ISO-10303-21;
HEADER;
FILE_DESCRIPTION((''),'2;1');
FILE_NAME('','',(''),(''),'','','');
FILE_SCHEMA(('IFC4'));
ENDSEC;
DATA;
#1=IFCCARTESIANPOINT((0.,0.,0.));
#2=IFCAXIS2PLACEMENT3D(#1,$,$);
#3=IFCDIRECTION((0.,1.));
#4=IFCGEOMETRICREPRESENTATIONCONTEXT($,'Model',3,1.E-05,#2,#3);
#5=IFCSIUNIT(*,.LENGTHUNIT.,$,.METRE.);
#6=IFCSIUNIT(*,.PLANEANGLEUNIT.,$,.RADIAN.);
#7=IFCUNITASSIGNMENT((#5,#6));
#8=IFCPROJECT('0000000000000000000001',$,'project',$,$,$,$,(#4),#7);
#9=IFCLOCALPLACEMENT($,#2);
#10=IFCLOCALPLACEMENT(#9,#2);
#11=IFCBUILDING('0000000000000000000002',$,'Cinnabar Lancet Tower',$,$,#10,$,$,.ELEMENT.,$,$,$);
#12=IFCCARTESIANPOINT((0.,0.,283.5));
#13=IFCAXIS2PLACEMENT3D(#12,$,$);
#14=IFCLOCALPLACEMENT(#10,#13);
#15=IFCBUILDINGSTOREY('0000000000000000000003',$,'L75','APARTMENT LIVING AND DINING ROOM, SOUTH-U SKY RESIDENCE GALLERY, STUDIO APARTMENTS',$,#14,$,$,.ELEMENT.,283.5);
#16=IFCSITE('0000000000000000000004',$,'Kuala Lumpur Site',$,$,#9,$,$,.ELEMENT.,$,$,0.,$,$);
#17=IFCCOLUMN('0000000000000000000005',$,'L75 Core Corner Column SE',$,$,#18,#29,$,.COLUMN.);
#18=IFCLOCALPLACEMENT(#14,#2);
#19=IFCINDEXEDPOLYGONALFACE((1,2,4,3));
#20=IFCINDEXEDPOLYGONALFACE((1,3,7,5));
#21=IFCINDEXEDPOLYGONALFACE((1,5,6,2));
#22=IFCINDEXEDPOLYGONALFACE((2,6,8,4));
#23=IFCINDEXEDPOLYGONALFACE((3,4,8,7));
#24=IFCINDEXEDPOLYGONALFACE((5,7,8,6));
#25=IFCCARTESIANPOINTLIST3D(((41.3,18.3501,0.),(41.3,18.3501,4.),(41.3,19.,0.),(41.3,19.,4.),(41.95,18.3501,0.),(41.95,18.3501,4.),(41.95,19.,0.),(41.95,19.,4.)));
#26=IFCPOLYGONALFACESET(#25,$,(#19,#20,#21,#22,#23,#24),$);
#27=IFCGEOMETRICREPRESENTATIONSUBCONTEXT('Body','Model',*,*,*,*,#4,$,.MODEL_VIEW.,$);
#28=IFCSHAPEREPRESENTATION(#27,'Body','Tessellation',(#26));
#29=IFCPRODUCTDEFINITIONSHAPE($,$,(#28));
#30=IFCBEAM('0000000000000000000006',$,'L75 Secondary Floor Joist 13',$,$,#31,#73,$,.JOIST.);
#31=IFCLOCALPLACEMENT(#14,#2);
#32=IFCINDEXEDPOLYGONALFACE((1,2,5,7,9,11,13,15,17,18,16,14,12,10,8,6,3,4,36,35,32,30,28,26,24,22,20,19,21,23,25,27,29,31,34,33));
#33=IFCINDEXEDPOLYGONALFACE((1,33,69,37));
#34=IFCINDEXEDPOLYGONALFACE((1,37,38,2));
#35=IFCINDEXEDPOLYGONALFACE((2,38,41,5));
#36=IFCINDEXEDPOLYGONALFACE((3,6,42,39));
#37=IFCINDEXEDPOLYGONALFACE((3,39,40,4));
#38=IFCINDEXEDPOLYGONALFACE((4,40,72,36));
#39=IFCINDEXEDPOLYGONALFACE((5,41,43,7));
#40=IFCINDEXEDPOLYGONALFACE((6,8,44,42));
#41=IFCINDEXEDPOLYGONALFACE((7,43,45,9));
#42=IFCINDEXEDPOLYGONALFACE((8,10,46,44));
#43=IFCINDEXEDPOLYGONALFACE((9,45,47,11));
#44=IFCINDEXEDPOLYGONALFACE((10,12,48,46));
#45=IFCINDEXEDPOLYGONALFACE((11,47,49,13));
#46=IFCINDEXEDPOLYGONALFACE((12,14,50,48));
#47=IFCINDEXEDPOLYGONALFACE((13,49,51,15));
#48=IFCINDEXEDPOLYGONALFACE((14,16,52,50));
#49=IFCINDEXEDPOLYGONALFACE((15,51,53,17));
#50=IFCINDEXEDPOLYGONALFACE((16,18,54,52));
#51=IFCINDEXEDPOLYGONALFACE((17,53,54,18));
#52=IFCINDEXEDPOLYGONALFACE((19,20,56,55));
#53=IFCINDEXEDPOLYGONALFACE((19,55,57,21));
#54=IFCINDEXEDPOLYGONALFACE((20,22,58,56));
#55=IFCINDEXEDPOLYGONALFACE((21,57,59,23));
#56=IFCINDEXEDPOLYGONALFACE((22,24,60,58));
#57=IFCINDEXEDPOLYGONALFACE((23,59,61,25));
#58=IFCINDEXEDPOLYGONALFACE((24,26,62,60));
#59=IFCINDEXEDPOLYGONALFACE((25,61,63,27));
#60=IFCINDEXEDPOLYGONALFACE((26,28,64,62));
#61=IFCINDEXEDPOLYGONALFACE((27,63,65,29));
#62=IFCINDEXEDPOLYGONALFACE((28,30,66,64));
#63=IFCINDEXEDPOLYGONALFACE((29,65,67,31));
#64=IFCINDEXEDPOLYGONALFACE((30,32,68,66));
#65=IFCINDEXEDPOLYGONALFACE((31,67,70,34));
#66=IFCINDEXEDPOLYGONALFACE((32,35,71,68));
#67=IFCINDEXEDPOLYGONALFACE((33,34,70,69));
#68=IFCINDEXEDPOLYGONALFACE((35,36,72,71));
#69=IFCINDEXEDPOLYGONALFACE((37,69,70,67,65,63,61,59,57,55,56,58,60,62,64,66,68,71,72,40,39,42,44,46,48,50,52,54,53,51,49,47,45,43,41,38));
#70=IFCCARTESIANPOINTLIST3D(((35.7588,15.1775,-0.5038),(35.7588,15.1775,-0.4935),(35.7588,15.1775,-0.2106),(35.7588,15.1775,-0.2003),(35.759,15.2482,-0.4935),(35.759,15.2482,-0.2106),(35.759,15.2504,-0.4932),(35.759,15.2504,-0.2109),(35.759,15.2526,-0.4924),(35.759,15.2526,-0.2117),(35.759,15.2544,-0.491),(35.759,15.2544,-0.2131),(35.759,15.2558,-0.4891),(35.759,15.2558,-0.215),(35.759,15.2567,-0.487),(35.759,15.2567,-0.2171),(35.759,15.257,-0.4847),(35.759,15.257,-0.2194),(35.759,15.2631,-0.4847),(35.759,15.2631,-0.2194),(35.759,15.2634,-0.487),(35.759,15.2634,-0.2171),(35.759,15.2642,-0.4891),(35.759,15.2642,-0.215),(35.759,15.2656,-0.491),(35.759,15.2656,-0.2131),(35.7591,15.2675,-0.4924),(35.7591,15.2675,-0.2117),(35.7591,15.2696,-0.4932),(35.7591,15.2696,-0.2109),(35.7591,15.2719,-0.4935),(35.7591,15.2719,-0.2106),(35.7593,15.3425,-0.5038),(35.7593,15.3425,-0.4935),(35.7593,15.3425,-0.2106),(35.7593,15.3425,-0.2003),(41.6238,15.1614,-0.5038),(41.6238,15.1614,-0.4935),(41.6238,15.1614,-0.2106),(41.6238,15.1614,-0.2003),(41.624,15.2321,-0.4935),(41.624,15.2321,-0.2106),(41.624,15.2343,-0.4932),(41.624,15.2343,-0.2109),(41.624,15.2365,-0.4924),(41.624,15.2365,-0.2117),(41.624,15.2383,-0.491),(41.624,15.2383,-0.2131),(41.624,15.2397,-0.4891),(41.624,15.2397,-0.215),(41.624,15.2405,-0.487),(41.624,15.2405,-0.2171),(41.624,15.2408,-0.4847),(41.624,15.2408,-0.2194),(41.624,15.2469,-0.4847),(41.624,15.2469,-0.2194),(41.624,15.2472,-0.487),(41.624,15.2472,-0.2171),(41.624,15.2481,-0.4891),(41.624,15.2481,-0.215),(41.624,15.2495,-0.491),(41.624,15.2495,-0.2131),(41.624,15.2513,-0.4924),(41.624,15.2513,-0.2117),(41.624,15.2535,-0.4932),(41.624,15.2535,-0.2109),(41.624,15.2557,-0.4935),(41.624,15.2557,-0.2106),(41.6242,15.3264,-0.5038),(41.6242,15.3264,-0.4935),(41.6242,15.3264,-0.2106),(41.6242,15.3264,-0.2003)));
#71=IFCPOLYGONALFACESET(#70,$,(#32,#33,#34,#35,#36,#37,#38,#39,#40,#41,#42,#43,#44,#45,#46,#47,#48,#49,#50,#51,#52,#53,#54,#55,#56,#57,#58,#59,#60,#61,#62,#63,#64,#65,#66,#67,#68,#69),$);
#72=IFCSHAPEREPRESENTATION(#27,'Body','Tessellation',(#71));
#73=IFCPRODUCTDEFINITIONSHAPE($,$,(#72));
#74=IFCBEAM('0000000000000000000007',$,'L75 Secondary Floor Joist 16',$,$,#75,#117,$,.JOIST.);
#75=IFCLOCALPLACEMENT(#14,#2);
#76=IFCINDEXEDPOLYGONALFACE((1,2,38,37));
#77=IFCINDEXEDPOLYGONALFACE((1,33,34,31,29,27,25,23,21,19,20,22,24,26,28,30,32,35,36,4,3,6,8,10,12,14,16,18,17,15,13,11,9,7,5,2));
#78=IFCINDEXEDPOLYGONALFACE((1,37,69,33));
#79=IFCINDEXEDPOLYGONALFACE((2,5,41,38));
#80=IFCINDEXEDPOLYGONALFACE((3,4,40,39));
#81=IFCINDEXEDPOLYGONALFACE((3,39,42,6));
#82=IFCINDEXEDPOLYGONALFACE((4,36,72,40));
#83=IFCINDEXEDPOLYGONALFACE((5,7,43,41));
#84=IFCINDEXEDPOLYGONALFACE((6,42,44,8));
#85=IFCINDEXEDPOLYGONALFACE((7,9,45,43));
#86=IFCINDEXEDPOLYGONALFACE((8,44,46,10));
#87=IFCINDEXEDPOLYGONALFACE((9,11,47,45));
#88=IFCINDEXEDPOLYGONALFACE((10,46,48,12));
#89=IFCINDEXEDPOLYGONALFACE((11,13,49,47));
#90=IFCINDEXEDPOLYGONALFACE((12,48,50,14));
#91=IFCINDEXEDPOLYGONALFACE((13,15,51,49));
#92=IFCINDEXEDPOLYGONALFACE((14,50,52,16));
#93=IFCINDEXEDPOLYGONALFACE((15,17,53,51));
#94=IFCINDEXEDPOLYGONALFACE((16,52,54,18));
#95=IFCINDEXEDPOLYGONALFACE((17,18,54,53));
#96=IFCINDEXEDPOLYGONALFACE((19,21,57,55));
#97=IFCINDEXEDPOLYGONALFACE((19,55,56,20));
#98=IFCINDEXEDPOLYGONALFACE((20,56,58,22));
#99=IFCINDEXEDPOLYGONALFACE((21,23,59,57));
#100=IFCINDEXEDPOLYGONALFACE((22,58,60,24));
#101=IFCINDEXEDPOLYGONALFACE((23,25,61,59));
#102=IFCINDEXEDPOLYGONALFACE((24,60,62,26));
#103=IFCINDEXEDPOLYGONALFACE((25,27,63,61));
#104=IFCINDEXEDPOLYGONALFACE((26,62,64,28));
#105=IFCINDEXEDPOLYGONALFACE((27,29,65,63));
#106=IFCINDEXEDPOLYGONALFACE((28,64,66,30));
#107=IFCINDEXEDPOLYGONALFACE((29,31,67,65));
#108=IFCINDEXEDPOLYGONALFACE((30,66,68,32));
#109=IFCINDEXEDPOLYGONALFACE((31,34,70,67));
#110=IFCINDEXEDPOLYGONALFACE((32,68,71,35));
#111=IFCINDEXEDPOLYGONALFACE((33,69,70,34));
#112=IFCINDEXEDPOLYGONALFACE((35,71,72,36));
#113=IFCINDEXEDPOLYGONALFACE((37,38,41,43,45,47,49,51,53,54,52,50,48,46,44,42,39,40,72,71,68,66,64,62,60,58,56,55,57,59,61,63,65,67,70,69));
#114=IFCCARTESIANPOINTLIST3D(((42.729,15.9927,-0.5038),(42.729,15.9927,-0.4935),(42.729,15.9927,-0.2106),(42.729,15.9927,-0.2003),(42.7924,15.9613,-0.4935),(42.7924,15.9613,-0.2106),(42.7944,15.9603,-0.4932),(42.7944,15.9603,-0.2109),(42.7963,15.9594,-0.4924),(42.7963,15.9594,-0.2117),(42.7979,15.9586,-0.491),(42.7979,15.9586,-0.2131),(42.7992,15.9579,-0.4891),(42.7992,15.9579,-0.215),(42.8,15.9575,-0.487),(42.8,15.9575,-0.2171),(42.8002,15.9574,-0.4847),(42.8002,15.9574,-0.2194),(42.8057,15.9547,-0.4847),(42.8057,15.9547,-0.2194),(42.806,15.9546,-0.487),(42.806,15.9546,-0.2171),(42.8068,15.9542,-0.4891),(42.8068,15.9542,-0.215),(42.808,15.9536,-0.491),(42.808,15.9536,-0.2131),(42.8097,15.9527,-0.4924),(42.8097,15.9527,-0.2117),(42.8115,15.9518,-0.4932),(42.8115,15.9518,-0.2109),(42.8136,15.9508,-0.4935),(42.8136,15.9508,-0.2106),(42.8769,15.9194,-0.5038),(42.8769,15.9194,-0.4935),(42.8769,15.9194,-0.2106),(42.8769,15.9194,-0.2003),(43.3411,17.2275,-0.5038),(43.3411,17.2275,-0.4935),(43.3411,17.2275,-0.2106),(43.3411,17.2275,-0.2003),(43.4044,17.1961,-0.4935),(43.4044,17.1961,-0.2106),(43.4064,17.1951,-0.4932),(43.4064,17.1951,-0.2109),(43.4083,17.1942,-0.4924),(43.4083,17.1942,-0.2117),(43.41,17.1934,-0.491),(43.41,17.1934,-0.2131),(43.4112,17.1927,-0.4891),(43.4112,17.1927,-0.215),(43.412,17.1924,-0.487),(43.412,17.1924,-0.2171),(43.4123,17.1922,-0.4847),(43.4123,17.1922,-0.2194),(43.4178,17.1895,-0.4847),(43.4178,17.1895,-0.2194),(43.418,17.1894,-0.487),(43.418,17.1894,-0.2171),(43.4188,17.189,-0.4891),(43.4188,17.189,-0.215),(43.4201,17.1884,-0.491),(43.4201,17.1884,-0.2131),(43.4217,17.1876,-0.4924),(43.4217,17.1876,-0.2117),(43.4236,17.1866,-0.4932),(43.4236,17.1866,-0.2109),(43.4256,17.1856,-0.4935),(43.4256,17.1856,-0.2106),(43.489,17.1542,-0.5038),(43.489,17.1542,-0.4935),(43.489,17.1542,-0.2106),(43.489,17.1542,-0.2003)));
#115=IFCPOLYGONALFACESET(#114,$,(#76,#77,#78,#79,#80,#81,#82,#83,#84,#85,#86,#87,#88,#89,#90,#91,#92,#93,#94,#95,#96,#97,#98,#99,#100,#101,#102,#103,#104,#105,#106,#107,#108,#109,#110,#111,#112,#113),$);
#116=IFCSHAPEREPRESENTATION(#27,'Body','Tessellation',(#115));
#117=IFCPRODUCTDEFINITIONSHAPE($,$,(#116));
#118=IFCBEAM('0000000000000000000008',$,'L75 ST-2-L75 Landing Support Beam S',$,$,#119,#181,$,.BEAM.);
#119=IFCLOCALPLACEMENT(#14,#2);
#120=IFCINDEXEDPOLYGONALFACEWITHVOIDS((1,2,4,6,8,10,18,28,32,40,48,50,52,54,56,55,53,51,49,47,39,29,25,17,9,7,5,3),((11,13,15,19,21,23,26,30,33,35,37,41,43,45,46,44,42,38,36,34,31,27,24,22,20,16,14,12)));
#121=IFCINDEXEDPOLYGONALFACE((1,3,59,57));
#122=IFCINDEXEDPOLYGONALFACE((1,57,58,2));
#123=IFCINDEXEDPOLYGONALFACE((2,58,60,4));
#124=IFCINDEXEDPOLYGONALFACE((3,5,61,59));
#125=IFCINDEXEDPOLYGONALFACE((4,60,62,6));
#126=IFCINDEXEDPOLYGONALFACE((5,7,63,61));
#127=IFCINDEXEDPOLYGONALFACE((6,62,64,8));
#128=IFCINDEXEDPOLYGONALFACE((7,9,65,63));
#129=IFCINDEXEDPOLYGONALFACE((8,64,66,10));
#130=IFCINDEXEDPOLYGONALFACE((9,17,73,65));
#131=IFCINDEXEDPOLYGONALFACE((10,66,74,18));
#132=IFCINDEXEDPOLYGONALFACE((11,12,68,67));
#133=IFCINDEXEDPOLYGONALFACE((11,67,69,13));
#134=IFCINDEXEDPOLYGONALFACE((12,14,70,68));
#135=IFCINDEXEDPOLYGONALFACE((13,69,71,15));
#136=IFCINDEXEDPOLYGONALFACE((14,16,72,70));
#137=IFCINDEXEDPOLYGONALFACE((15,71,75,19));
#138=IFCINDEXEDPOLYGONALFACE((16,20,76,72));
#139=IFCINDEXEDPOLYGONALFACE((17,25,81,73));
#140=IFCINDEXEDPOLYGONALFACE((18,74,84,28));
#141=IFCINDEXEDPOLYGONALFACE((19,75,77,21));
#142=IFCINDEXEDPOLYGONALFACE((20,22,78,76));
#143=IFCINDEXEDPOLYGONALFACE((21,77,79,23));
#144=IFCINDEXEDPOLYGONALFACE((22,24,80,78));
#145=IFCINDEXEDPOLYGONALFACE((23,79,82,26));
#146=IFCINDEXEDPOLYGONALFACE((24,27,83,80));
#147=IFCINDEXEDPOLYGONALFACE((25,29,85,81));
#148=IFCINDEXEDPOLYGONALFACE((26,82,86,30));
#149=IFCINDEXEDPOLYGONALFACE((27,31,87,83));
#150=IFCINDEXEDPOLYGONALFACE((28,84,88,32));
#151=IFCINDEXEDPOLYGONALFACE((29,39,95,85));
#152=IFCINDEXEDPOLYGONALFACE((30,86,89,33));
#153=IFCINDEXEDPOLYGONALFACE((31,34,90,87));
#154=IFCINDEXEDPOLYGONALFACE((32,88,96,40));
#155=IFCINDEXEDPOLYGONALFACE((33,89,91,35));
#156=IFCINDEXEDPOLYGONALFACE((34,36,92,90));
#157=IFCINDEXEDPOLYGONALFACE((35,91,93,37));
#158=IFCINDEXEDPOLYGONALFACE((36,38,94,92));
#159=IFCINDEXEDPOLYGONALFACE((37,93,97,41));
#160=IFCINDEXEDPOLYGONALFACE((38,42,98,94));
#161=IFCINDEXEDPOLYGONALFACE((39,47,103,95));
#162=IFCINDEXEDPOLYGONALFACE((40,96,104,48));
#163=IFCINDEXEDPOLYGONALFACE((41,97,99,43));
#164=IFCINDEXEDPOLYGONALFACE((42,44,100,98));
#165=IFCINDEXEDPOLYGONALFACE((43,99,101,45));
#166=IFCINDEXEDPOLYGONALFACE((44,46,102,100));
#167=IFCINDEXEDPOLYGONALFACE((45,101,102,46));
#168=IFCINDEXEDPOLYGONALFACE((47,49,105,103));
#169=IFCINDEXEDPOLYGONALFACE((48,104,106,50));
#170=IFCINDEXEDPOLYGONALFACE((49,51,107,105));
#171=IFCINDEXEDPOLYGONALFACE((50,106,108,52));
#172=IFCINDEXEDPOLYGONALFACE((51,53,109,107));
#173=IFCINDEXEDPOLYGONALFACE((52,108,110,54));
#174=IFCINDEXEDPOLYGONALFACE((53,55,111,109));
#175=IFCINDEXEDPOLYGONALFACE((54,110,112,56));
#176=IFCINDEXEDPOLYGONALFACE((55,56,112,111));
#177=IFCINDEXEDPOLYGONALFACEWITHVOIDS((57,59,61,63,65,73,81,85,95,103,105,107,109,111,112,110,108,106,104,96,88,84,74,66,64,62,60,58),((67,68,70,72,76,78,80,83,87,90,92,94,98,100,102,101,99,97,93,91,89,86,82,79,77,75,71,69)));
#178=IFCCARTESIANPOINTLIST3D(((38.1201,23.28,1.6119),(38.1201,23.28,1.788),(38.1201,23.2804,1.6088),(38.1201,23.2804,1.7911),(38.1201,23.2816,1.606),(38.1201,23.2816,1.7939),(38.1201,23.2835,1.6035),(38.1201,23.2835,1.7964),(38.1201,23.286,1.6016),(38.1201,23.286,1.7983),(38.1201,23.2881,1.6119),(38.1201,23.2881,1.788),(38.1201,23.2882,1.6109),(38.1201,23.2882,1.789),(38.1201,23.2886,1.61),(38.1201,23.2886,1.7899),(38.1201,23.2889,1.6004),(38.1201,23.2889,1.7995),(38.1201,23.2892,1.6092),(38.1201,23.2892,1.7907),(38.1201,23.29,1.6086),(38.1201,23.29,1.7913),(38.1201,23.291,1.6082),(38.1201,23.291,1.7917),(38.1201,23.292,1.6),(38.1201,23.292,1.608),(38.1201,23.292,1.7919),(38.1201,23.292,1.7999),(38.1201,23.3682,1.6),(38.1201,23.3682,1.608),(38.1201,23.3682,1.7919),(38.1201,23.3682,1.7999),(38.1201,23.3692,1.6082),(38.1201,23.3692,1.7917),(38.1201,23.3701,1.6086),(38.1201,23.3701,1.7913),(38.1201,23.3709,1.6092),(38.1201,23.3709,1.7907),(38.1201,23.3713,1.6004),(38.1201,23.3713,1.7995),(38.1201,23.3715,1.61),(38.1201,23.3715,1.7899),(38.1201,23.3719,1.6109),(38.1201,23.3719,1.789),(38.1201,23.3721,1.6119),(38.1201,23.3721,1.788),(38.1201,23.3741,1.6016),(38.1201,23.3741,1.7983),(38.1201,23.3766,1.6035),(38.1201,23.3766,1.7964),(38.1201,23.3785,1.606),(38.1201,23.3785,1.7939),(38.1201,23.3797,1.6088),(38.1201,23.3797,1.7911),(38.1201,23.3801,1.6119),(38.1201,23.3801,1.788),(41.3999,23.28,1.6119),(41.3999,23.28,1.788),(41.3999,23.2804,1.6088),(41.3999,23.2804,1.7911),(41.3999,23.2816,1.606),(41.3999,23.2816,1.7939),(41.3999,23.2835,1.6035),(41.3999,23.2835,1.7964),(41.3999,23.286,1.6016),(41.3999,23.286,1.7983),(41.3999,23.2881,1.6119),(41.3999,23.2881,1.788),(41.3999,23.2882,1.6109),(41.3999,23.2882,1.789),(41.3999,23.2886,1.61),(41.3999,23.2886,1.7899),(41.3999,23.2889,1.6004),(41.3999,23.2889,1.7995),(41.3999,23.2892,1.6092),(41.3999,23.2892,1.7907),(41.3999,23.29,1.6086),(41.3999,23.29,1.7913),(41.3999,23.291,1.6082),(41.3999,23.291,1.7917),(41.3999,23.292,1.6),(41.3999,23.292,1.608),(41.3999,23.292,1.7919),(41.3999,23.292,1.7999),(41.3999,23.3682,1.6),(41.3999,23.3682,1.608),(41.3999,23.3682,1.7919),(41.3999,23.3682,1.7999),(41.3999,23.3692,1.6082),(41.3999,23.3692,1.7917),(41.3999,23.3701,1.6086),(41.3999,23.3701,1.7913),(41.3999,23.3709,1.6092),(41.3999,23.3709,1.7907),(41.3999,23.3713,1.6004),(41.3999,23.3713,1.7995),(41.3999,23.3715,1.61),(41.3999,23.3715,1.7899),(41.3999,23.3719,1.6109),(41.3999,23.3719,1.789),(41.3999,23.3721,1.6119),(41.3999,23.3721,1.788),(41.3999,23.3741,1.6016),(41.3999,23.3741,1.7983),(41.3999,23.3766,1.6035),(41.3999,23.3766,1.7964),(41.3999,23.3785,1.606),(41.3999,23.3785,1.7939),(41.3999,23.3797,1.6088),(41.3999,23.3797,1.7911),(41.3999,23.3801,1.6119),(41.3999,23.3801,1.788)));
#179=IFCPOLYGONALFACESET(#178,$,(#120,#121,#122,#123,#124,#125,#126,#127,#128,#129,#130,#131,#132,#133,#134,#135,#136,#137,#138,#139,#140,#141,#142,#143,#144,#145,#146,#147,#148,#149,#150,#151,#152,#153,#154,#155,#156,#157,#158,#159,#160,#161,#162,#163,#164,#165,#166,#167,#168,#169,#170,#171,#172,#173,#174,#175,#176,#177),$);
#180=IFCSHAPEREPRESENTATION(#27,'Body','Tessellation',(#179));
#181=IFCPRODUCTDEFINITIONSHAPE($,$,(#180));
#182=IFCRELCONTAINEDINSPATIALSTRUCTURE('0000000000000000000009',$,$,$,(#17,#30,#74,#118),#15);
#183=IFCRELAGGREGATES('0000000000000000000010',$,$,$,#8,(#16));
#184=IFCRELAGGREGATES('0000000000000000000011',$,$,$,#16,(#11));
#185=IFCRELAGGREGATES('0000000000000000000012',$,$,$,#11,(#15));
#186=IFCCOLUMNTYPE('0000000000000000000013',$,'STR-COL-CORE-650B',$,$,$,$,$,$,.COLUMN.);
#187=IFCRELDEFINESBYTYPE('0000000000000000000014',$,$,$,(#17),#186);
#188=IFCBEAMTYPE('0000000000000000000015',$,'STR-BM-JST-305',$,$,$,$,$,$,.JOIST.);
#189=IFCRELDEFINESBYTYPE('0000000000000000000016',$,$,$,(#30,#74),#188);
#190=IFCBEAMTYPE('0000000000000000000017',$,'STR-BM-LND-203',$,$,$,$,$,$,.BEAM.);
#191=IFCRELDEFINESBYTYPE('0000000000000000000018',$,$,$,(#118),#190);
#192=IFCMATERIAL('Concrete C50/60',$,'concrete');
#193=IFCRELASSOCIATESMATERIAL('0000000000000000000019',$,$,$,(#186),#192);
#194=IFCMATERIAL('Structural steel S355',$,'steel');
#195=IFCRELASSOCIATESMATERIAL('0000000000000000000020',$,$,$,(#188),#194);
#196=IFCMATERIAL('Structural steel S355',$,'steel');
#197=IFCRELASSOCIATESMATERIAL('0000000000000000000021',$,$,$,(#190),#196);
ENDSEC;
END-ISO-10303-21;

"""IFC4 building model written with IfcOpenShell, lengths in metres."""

from ifc_helpers import new_model, si_unit, direction, frame, origin, origin_2d, place, context, subcontext, project, spatial, rectangle, hollow_rectangle, i_section, extrude, material, material_profile, profile_set, type_object, element, save


model = new_model("IFC4")

# Units and contexts
model_context = context("Model", 3, precision=1e-05, world=origin(), true_north=direction((0.0, 1.0)))
body_context = subcontext(model_context, "Body", "Model", "MODEL_VIEW")
ifc_project = project(units=[si_unit("LENGTHUNIT", "METRE"), si_unit("PLANEANGLEUNIT", "RADIAN")], contexts=[model_context])

# Site, building, storey
site_placement = place(None, origin())
site = spatial("IfcSite", under=ifc_project, at=site_placement, Name="Kuala Lumpur Site", CompositionType="ELEMENT", RefElevation=0.0)
building_placement = place(site_placement, origin())
building = spatial("IfcBuilding", under=site, at=building_placement, Name="Cinnabar Lancet Tower", CompositionType="ELEMENT")
storey_placement = place(building_placement, frame((0.0, 0.0, 283.5)))
storey = spatial("IfcBuildingStorey", under=building, at=storey_placement, Name="L75", Description="APARTMENT LIVING AND DINING ROOM, SOUTH-U SKY RESIDENCE GALLERY, STUDIO APARTMENTS", CompositionType="ELEMENT", Elevation=283.5)

# Column
ifc_material_1 = material(Name="Concrete C50/60", Category="concrete")
ifc_material_profile_1 = material_profile(ifc_material_1, rectangle(XDim=0.6499, YDim=0.6499, at=origin_2d()), Name="RC-COL 650x650")
ifc_profile_set_1 = profile_set([ifc_material_profile_1], Name="Concrete C50/60")
column_type = type_object("IfcColumnType", Name="STR-COL-CORE-650B", PredefinedType="COLUMN", material=ifc_profile_set_1)
column_placement = place(storey_placement, frame((41.625, 18.675, 0.0), z_axis=(0.0, 0.0, 1.0), x_axis=(1.0, 0.0, 0.0)))
element("IfcColumn", 1, at=column_placement, inside=storey, type_object=column_type, Name="L75 Core Corner Column SE", PredefinedType="COLUMN", context=body_context, shape_type="SweptSolid", body=[
    extrude(rectangle(XDim=0.6499, YDim=0.6499, at=origin_2d()), origin(), (0.0, 0.0, 1.0), 4.0),
])

# Beams
ifc_material_2 = material(Name="Structural steel S355", Category="steel")
ifc_material_profile_2 = material_profile(ifc_material_2, i_section(OverallWidth=0.165, OverallDepth=0.3035, WebThickness=0.0061, FlangeThickness=0.0103, FilletRadius=0.0088, at=origin_2d()), Name="UKB 305x165x40")
ifc_profile_set_2 = profile_set([ifc_material_profile_2], Name="Structural steel S355")
beam_type_1 = type_object("IfcBeamType", Name="STR-BM-JST-305", PredefinedType="JOIST", material=ifc_profile_set_2)
beam_1_placement = place(storey_placement, frame((35.759, 15.26, -0.3521), z_axis=(0.999996, -0.002747, 0.0), x_axis=(0.002747, 0.999996, 0.0)))
element("IfcBeam", 2, at=beam_1_placement, inside=storey, type_object=beam_type_1, Name="L75 Secondary Floor Joist 13", PredefinedType="JOIST", context=body_context, shape_type="SweptSolid", body=[
    extrude(i_section(OverallWidth=0.165, OverallDepth=0.3035, WebThickness=0.0061, FlangeThickness=0.0103, FilletRadius=0.0088, at=origin_2d()), origin(), (0.0, 0.0, 1.0), 5.865),
])
beam_2_placement = place(storey_placement, frame((42.803, 15.9561, -0.3521), z_axis=(0.444093, 0.895981, 0.0), x_axis=(-0.895981, 0.444093, 0.0)))
element("IfcBeam", 3, at=beam_2_placement, inside=storey, type_object=beam_type_1, Name="L75 Secondary Floor Joist 16", PredefinedType="JOIST", context=body_context, shape_type="SweptSolid", body=[
    extrude(i_section(OverallWidth=0.165, OverallDepth=0.3035, WebThickness=0.0061, FlangeThickness=0.0103, FilletRadius=0.0088, at=origin_2d()), origin(), (0.0, 0.0, 1.0), 1.3782),
])
ifc_material_3 = material(Name="Structural steel S355", Category="steel")
ifc_material_profile_3 = material_profile(ifc_material_3, hollow_rectangle(XDim=0.1001, YDim=0.2, WallThickness=0.0081, InnerFilletRadius=0.0039, OuterFilletRadius=0.012, at=origin_2d()), Name="RHS 200x100x8")
ifc_profile_set_3 = profile_set([ifc_material_profile_3], Name="Structural steel S355")
beam_type_2 = type_object("IfcBeamType", Name="STR-BM-LND-203", PredefinedType="BEAM", material=ifc_profile_set_3)
for number, where, z_axis, x_axis, name in (
    (4, (38.1201, 23.3301, 1.7), (1.0, 0.0, 0.0), (0.0, 1.0, 0.0), "L75 ST-2-L75 Landing Support Beam S"),
):
    element("IfcBeam", number, at=place(storey_placement, frame(where, z_axis=z_axis, x_axis=x_axis)), inside=storey, type_object=beam_type_2, Name=name, PredefinedType="BEAM", context=body_context, shape_type="SweptSolid", body=[
        extrude(hollow_rectangle(XDim=0.1001, YDim=0.2, WallThickness=0.0081, InnerFilletRadius=0.0039, OuterFilletRadius=0.012, at=origin_2d()), origin(), (0.0, 0.0, 1.0), 3.2798),
    ])

save(model, "model.ifc")
